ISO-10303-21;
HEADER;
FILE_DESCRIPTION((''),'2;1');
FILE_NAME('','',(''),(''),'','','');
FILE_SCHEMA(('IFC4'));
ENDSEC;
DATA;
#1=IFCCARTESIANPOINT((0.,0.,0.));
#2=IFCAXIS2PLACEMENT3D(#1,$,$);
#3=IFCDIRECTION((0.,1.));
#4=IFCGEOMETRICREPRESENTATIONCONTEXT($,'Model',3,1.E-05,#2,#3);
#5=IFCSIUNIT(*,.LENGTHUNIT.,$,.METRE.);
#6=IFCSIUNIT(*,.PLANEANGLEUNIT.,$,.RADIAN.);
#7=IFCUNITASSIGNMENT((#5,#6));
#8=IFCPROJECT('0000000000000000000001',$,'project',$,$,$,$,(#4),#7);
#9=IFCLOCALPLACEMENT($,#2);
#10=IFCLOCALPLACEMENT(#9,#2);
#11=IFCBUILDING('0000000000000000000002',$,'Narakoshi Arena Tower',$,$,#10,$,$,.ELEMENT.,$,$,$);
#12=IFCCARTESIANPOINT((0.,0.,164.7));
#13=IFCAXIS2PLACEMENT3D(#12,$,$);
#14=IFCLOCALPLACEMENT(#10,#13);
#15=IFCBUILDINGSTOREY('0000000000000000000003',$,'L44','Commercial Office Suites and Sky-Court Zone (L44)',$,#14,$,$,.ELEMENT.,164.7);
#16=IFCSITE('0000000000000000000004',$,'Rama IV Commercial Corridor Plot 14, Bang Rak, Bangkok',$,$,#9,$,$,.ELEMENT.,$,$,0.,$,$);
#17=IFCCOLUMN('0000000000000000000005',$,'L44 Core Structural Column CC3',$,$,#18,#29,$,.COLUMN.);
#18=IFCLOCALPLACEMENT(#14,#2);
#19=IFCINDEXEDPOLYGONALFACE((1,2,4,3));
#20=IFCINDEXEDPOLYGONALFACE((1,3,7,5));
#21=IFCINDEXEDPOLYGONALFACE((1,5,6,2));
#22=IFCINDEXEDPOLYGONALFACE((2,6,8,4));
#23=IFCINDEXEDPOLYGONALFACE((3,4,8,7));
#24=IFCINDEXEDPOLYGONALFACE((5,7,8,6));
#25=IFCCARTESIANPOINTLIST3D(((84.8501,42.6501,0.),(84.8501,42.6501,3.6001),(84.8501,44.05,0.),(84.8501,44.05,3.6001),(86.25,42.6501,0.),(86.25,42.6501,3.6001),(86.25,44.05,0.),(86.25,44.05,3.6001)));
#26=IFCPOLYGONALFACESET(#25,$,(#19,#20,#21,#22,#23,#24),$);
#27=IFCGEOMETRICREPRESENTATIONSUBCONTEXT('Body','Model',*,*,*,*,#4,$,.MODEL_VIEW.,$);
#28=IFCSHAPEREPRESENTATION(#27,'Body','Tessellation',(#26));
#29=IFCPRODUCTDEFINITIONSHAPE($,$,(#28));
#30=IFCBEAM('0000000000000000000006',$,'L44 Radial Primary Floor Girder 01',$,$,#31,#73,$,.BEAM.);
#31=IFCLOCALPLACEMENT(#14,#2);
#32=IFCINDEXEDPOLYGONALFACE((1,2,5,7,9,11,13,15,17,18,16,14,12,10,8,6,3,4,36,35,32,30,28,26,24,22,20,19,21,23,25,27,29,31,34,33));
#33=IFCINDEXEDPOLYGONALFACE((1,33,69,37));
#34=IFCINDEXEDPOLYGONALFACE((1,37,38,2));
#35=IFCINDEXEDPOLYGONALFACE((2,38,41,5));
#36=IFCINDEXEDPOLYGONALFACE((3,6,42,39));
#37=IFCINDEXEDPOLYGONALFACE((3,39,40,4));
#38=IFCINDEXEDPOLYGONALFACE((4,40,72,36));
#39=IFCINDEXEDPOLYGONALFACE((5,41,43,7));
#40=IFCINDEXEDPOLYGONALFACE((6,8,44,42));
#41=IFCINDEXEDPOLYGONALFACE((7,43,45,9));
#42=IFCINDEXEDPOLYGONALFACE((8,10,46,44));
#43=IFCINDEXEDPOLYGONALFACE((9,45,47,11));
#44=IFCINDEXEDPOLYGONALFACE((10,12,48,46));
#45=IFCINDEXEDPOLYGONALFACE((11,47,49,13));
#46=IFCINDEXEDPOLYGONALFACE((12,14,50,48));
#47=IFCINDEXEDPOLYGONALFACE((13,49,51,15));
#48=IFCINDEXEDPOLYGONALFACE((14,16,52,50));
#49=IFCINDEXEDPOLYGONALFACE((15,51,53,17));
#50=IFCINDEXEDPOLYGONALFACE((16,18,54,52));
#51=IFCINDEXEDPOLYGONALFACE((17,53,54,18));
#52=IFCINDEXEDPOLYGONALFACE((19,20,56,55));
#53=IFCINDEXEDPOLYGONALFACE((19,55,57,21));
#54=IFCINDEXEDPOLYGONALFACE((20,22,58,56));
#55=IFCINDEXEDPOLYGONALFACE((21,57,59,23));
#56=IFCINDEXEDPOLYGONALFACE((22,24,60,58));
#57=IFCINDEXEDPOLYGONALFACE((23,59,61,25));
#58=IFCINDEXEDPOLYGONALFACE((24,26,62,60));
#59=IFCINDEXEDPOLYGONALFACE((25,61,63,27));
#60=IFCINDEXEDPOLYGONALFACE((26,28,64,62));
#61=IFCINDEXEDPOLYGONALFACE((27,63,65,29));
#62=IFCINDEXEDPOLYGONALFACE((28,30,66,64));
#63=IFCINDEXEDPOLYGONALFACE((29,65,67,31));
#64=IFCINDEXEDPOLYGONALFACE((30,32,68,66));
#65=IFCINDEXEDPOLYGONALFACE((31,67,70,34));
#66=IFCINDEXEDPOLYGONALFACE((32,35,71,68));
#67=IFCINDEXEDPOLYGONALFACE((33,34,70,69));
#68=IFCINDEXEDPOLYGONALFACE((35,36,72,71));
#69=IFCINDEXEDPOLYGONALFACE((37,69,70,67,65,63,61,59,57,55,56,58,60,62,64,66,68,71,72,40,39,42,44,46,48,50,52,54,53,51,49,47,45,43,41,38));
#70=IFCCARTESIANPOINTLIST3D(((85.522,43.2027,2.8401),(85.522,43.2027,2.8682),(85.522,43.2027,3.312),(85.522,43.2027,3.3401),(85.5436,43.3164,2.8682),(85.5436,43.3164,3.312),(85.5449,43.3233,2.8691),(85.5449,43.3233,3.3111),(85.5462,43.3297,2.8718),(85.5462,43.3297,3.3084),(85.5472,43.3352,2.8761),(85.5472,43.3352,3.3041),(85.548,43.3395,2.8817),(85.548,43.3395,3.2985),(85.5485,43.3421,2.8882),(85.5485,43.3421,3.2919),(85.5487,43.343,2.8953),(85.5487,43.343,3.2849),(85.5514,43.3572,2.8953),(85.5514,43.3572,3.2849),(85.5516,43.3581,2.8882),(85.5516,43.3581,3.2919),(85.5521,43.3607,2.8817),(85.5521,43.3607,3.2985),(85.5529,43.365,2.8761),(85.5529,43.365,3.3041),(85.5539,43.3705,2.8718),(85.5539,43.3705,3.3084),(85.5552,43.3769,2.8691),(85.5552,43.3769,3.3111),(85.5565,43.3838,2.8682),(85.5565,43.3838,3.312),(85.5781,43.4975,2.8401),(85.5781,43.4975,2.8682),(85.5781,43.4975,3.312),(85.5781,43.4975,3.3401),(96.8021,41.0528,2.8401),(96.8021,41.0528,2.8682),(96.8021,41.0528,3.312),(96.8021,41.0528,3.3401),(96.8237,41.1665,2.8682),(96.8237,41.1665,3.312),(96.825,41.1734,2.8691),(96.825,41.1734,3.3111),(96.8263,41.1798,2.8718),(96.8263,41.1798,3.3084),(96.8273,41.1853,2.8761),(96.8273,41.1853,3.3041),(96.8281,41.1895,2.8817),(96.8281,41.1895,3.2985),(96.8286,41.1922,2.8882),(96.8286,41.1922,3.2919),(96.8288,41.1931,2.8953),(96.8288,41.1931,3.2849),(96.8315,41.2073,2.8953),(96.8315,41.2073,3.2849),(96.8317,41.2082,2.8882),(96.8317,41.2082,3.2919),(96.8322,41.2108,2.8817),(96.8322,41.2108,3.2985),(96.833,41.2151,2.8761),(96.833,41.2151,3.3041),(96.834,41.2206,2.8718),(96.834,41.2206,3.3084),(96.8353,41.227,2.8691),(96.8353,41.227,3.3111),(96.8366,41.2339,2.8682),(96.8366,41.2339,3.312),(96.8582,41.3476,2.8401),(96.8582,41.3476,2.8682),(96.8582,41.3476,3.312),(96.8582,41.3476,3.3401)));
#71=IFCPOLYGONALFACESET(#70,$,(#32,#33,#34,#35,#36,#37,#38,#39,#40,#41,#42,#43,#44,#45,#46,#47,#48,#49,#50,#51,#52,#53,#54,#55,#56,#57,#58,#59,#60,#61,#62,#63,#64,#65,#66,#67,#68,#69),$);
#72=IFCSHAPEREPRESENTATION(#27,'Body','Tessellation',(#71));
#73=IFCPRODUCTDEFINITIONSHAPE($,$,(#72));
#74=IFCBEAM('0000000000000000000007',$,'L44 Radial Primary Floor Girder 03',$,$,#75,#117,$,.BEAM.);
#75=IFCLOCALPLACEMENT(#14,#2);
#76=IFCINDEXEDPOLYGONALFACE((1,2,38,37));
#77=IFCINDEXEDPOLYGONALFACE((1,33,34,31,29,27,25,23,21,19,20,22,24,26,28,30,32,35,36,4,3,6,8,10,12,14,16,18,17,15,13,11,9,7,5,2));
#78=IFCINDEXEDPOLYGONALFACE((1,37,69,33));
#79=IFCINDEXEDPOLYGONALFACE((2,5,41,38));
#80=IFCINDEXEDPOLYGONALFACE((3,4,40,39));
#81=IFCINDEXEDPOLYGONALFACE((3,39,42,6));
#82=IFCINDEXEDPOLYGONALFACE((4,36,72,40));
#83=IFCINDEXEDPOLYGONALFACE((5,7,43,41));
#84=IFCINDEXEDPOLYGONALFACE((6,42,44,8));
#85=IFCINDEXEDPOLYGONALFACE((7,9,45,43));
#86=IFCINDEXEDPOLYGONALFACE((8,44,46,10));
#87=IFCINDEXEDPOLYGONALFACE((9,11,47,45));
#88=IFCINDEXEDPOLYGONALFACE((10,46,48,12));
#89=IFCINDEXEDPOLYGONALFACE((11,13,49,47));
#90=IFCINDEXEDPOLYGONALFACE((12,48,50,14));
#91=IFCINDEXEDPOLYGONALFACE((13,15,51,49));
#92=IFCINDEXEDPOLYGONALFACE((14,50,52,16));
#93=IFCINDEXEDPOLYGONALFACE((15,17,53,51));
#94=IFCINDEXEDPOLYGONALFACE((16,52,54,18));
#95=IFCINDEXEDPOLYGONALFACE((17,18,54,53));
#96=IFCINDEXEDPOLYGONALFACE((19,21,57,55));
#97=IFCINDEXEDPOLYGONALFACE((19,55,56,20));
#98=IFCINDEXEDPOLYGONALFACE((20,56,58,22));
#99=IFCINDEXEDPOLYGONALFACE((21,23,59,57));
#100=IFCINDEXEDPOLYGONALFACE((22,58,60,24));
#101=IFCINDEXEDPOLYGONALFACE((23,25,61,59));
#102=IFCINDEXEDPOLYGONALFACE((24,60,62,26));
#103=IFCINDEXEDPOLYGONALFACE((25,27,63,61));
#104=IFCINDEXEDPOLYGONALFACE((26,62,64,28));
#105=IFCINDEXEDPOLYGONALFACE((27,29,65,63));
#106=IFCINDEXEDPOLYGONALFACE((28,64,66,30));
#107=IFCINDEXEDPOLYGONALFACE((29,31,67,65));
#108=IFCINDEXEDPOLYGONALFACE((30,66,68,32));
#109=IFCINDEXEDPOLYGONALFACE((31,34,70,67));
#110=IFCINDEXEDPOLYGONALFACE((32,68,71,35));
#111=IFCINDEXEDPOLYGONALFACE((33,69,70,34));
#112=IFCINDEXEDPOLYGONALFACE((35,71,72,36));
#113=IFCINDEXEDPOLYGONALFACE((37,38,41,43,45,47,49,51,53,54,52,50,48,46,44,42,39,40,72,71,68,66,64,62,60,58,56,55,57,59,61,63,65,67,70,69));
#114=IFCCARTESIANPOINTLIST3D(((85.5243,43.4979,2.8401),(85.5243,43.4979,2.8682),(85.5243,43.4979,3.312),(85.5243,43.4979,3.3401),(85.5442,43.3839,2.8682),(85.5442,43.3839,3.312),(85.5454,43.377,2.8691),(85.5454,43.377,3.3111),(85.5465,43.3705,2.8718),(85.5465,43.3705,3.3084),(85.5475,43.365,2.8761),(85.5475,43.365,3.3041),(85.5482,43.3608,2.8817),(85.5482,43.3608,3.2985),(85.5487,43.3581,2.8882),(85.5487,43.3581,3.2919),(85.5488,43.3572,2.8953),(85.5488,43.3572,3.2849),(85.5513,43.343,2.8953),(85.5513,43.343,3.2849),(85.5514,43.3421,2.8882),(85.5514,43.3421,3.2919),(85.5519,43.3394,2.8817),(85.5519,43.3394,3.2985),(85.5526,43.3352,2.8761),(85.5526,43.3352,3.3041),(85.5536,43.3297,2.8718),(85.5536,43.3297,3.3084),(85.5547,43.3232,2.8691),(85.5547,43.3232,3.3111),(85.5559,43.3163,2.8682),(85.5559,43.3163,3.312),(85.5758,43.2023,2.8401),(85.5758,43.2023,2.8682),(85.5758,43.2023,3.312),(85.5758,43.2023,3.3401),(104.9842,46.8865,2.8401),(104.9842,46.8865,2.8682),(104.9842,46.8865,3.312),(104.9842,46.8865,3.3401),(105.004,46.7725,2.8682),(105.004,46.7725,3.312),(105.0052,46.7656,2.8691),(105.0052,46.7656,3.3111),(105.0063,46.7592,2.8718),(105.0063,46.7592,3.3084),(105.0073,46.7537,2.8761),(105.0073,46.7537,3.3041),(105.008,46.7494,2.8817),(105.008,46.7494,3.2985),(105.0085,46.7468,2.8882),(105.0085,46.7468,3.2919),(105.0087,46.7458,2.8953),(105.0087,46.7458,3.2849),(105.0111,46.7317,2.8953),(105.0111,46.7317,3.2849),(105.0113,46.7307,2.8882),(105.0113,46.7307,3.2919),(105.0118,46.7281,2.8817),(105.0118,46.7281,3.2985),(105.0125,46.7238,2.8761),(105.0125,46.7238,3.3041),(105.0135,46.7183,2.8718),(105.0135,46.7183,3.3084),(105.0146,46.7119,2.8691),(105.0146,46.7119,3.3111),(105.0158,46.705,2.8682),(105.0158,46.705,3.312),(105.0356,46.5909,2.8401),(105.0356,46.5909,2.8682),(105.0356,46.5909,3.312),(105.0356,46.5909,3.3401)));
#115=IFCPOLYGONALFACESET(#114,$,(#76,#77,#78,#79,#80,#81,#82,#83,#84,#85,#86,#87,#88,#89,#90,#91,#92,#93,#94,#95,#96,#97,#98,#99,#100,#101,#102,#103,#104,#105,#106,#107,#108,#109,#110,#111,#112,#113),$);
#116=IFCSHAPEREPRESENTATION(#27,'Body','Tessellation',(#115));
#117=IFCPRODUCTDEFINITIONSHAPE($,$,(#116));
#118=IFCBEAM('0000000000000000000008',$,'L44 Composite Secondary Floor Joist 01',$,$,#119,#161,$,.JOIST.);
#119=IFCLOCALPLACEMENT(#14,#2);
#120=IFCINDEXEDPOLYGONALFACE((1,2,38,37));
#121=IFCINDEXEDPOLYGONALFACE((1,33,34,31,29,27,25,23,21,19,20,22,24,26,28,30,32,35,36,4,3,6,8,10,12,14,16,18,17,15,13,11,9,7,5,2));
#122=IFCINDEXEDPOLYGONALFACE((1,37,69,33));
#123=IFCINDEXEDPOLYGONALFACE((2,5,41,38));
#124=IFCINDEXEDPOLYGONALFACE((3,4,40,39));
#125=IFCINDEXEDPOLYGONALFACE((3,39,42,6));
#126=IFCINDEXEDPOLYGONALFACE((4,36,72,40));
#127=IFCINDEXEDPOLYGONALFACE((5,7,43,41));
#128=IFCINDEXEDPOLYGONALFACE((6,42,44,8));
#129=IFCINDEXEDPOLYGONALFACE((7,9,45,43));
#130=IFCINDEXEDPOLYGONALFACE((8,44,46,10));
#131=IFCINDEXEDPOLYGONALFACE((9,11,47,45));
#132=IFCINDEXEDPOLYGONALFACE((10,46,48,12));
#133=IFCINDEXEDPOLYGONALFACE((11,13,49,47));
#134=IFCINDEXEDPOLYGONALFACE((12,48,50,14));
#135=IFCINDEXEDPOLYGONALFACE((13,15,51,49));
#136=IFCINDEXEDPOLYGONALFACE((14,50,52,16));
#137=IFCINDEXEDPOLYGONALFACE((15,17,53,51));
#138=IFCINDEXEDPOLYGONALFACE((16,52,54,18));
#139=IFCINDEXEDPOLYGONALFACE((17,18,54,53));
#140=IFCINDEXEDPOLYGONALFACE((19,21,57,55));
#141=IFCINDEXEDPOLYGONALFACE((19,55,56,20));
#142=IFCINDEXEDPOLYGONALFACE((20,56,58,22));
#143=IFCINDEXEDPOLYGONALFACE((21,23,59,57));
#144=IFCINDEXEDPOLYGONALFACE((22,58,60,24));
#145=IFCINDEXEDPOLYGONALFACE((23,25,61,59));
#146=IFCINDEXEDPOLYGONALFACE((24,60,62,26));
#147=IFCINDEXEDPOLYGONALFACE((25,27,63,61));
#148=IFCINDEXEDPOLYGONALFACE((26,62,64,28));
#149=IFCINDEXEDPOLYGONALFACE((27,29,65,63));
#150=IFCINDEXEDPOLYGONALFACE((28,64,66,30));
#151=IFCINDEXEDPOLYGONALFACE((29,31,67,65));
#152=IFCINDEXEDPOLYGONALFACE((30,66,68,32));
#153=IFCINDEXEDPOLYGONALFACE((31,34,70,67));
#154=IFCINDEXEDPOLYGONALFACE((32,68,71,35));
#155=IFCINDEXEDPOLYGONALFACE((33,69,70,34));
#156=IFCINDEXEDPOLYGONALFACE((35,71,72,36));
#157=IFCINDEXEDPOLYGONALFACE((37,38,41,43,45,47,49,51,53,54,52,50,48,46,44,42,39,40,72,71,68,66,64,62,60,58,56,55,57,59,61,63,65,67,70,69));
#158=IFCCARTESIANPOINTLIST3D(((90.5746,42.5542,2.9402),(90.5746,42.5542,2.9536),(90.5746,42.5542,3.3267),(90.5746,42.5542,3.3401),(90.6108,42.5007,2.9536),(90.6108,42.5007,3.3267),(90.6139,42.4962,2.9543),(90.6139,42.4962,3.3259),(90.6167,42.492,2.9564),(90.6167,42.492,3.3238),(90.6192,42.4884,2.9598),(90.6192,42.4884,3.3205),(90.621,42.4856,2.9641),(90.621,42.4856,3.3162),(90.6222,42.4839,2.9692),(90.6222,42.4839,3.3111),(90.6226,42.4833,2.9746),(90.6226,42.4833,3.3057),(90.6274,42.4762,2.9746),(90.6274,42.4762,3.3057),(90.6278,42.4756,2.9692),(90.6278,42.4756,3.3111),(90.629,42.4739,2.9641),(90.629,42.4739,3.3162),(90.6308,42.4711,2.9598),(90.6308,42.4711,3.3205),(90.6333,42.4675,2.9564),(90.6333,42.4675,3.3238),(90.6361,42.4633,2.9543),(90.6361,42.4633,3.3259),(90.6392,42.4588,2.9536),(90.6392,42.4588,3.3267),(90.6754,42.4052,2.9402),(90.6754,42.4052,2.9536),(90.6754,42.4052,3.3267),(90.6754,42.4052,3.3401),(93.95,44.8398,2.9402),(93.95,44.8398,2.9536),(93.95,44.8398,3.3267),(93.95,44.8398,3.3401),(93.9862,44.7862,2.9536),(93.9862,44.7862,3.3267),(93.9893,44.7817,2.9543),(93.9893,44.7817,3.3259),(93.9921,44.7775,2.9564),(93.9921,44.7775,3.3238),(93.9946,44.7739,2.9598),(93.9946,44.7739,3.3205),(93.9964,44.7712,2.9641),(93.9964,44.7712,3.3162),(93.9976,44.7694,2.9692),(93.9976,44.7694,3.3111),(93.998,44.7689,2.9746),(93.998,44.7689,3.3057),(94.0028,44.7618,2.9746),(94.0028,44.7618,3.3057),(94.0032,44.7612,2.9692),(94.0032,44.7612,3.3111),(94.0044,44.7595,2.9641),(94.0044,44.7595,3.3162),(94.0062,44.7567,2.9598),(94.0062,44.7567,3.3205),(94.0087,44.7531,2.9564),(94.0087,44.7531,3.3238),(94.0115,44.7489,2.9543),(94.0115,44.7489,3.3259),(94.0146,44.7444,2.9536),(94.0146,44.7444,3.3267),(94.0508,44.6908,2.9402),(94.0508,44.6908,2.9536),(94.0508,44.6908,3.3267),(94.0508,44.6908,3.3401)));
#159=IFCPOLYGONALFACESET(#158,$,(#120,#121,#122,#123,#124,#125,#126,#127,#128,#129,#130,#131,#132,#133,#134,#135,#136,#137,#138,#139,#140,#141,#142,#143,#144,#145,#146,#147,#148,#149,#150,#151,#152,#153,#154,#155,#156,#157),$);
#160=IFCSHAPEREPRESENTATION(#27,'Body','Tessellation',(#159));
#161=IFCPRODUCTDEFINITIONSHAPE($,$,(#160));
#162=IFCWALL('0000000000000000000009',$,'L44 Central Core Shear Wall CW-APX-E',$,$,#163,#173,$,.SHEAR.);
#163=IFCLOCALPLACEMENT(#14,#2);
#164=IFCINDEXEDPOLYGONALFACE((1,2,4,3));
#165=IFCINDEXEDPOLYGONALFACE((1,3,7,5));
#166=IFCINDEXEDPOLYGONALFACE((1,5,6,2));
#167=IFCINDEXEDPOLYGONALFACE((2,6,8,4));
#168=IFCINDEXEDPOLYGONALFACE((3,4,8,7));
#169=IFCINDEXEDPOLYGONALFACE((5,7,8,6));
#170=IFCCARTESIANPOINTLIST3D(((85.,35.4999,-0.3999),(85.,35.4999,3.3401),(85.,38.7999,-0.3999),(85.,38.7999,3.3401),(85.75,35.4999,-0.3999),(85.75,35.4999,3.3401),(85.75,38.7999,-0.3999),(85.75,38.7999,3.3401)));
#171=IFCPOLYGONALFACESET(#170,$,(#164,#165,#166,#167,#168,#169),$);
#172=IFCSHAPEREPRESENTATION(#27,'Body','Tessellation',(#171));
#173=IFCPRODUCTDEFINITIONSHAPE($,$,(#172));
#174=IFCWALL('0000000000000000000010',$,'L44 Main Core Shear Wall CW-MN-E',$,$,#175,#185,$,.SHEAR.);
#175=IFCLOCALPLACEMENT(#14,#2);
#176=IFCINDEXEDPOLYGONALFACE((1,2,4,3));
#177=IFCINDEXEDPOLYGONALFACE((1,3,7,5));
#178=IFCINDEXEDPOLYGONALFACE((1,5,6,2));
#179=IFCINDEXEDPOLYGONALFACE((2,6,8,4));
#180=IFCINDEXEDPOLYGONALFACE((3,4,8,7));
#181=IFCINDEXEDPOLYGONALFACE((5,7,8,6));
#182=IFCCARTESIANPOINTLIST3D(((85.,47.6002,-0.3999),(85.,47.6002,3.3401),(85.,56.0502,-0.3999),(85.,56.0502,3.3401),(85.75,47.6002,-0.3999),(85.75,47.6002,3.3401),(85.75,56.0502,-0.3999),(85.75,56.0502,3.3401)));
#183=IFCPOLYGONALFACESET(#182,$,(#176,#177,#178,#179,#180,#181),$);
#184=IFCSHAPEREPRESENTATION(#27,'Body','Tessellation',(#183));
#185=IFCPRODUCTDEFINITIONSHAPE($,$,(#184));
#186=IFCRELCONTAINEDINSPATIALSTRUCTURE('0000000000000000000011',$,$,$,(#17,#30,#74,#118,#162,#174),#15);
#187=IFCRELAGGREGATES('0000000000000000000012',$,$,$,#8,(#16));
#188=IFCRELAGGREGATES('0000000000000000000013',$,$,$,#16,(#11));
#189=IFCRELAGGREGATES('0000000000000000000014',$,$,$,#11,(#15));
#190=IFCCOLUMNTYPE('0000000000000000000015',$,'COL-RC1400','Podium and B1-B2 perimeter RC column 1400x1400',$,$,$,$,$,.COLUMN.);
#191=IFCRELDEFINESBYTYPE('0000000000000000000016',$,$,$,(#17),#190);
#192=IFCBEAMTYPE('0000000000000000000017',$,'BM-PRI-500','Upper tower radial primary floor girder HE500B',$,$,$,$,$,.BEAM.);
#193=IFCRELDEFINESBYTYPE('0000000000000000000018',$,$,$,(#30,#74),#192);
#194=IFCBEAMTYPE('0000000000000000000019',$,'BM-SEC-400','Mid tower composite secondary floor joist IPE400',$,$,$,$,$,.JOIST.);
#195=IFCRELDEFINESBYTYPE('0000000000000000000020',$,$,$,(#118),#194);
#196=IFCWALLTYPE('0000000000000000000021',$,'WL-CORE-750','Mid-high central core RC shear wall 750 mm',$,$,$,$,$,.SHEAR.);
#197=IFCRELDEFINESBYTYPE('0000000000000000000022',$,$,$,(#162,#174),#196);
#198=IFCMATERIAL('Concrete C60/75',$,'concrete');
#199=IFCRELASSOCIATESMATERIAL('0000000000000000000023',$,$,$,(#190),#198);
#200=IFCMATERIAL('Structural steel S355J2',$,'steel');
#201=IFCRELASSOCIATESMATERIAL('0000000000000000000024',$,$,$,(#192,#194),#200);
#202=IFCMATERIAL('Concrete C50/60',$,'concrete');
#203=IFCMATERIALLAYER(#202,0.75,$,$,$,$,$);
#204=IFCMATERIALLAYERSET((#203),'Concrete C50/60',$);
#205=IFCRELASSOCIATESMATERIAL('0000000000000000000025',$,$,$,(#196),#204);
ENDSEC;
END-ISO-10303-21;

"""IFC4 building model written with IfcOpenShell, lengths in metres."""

from ifc_helpers import new_model, si_unit, direction, frame, frame_2d, origin, origin_2d, place, context, subcontext, project, spatial, rectangle, i_section, extrude, material, layer, layer_set, material_profile, profile_set, type_object, element, save


model = new_model("IFC4")

# Units and contexts
model_context = context("Model", 3, precision=1e-05, world=origin(), true_north=direction((0.0, 1.0)))
body_context = subcontext(model_context, "Body", "Model", "MODEL_VIEW")
ifc_project = project(units=[si_unit("LENGTHUNIT", "METRE"), si_unit("PLANEANGLEUNIT", "RADIAN")], contexts=[model_context])

# Site, building, storey
site_placement = place(None, origin())
site = spatial("IfcSite", under=ifc_project, at=site_placement, Name="Rama IV Commercial Corridor Plot 14, Bang Rak, Bangkok", CompositionType="ELEMENT", RefElevation=0.0)
building_placement = place(site_placement, origin())
building = spatial("IfcBuilding", under=site, at=building_placement, Name="Narakoshi Arena Tower", CompositionType="ELEMENT")
storey_placement = place(building_placement, frame((0.0, 0.0, 164.7)))
storey = spatial("IfcBuildingStorey", under=building, at=storey_placement, Name="L44", Description="Commercial Office Suites and Sky-Court Zone (L44)", CompositionType="ELEMENT", Elevation=164.7)

# Column
ifc_material_1 = material(Name="Concrete C60/75", Category="concrete")
ifc_material_profile_1 = material_profile(ifc_material_1, rectangle(XDim=1.3999, YDim=1.3999, at=origin_2d()), Name="RC1400x1400")
ifc_profile_set_1 = profile_set([ifc_material_profile_1], Name="Concrete C60/75")
column_type = type_object("IfcColumnType", Name="COL-RC1400", Description="Podium and B1-B2 perimeter RC column 1400x1400", PredefinedType="COLUMN", material=ifc_profile_set_1)
column_placement = place(storey_placement, frame((85.55, 43.3501, 0.0), z_axis=(0.0, 0.0, 1.0), x_axis=(1.0, 0.0, 0.0)))
element("IfcColumn", 1, at=column_placement, inside=storey, type_object=column_type, Name="L44 Core Structural Column CC3", PredefinedType="COLUMN", context=body_context, shape_type="SweptSolid", body=[
    extrude(rectangle(XDim=1.3999, YDim=1.3999, at=origin_2d()), origin(), (0.0, 0.0, 1.0), 3.6001),
])

# Beams
ifc_material_2 = material(Name="Structural steel S355J2", Category="steel")
ifc_material_profile_2 = material_profile(ifc_material_2, i_section(OverallWidth=0.3, OverallDepth=0.5, WebThickness=0.0144, FlangeThickness=0.0281, FilletRadius=0.0271, at=origin_2d()), Name="HE500B")
ifc_profile_set_2 = profile_set([ifc_material_profile_2], Name="Structural steel S355J2")
beam_type_1 = type_object("IfcBeamType", Name="BM-PRI-500", Description="Upper tower radial primary floor girder HE500B", PredefinedType="BEAM", material=ifc_profile_set_2)
beam_1_placement = place(storey_placement, frame((85.55, 43.3501, 3.0901), z_axis=(0.982317, -0.187223, 0.0), x_axis=(0.187223, 0.982317, 0.0)))
element("IfcBeam", 2, at=beam_1_placement, inside=storey, type_object=beam_type_1, Name="L44 Radial Primary Floor Girder 01", PredefinedType="BEAM", context=body_context, shape_type="SweptSolid", body=[
    extrude(i_section(OverallWidth=0.3, OverallDepth=0.5, WebThickness=0.0144, FlangeThickness=0.0281, FilletRadius=0.0271, at=origin_2d()), origin(), (0.0, 0.0, 1.0), 11.4832),
])
beam_2_placement = place(storey_placement, frame((85.55, 43.3501, 3.0901), z_axis=(0.985175, 0.171554, 0.0), x_axis=(-0.171554, 0.985175, 0.0)))
element("IfcBeam", 3, at=beam_2_placement, inside=storey, type_object=beam_type_1, Name="L44 Radial Primary Floor Girder 03", PredefinedType="BEAM", context=body_context, shape_type="SweptSolid", body=[
    extrude(i_section(OverallWidth=0.3, OverallDepth=0.5, WebThickness=0.0144, FlangeThickness=0.0281, FilletRadius=0.0271, at=origin_2d()), origin(), (0.0, 0.0, 1.0), 19.7527),
])
ifc_material_profile_3 = material_profile(ifc_material_2, i_section(OverallWidth=0.1799, OverallDepth=0.3999, WebThickness=0.0085, FlangeThickness=0.0134, FilletRadius=0.021, at=origin_2d()), Name="IPE400")
ifc_profile_set_3 = profile_set([ifc_material_profile_3], Name="Structural steel S355J2")
beam_type_2 = type_object("IfcBeamType", Name="BM-SEC-400", Description="Mid tower composite secondary floor joist IPE400", PredefinedType="JOIST", material=ifc_profile_set_3)
beam_3_placement = place(storey_placement, frame((90.625, 42.4797, 3.1401), z_axis=(0.82803, 0.560684, 0.0), x_axis=(-0.560684, 0.82803, 0.0)))
element("IfcBeam", 4, at=beam_3_placement, inside=storey, type_object=beam_type_2, Name="L44 Composite Secondary Floor Joist 01", PredefinedType="JOIST", context=body_context, shape_type="SweptSolid", body=[
    extrude(i_section(OverallWidth=0.1799, OverallDepth=0.3999, WebThickness=0.0085, FlangeThickness=0.0134, FilletRadius=0.021, at=origin_2d()), origin(), (0.0, 0.0, 1.0), 4.0764),
])

# Walls
ifc_material_3 = material(Name="Concrete C50/60", Category="concrete")
ifc_layer_1 = layer(ifc_material_3, 0.75)
ifc_layer_set_1 = layer_set([ifc_layer_1], Name="Concrete C50/60")
wall_type_1 = type_object("IfcWallType", Name="WL-CORE-750", Description="Mid-high central core RC shear wall 750 mm", PredefinedType="SHEAR", material=ifc_layer_set_1)
wall_1_placement = place(storey_placement, frame((85.375, 35.5, -0.3999), z_axis=(0.0, 0.0, 1.0), x_axis=(0.0, 1.0, 0.0)))
element("IfcWall", 5, at=wall_1_placement, inside=storey, type_object=wall_type_1, Name="L44 Central Core Shear Wall CW-APX-E", PredefinedType="SHEAR", context=body_context, shape_type="SweptSolid", body=[
    extrude(rectangle(XDim=3.3, YDim=0.75, at=frame_2d((1.6499, 0.0))), origin(), (0.0, 0.0, 1.0), 3.74),
])
wall_2_placement = place(storey_placement, frame((85.375, 47.6001, -0.3999), z_axis=(0.0, 0.0, 1.0), x_axis=(0.0, 1.0, 0.0)))
element("IfcWall", 6, at=wall_2_placement, inside=storey, type_object=wall_type_1, Name="L44 Main Core Shear Wall CW-MN-E", PredefinedType="SHEAR", context=body_context, shape_type="SweptSolid", body=[
    extrude(rectangle(XDim=8.45, YDim=0.75, at=frame_2d((4.2251, 0.0))), origin(), (0.0, 0.0, 1.0), 3.74),
])

save(model, "model.ifc")
